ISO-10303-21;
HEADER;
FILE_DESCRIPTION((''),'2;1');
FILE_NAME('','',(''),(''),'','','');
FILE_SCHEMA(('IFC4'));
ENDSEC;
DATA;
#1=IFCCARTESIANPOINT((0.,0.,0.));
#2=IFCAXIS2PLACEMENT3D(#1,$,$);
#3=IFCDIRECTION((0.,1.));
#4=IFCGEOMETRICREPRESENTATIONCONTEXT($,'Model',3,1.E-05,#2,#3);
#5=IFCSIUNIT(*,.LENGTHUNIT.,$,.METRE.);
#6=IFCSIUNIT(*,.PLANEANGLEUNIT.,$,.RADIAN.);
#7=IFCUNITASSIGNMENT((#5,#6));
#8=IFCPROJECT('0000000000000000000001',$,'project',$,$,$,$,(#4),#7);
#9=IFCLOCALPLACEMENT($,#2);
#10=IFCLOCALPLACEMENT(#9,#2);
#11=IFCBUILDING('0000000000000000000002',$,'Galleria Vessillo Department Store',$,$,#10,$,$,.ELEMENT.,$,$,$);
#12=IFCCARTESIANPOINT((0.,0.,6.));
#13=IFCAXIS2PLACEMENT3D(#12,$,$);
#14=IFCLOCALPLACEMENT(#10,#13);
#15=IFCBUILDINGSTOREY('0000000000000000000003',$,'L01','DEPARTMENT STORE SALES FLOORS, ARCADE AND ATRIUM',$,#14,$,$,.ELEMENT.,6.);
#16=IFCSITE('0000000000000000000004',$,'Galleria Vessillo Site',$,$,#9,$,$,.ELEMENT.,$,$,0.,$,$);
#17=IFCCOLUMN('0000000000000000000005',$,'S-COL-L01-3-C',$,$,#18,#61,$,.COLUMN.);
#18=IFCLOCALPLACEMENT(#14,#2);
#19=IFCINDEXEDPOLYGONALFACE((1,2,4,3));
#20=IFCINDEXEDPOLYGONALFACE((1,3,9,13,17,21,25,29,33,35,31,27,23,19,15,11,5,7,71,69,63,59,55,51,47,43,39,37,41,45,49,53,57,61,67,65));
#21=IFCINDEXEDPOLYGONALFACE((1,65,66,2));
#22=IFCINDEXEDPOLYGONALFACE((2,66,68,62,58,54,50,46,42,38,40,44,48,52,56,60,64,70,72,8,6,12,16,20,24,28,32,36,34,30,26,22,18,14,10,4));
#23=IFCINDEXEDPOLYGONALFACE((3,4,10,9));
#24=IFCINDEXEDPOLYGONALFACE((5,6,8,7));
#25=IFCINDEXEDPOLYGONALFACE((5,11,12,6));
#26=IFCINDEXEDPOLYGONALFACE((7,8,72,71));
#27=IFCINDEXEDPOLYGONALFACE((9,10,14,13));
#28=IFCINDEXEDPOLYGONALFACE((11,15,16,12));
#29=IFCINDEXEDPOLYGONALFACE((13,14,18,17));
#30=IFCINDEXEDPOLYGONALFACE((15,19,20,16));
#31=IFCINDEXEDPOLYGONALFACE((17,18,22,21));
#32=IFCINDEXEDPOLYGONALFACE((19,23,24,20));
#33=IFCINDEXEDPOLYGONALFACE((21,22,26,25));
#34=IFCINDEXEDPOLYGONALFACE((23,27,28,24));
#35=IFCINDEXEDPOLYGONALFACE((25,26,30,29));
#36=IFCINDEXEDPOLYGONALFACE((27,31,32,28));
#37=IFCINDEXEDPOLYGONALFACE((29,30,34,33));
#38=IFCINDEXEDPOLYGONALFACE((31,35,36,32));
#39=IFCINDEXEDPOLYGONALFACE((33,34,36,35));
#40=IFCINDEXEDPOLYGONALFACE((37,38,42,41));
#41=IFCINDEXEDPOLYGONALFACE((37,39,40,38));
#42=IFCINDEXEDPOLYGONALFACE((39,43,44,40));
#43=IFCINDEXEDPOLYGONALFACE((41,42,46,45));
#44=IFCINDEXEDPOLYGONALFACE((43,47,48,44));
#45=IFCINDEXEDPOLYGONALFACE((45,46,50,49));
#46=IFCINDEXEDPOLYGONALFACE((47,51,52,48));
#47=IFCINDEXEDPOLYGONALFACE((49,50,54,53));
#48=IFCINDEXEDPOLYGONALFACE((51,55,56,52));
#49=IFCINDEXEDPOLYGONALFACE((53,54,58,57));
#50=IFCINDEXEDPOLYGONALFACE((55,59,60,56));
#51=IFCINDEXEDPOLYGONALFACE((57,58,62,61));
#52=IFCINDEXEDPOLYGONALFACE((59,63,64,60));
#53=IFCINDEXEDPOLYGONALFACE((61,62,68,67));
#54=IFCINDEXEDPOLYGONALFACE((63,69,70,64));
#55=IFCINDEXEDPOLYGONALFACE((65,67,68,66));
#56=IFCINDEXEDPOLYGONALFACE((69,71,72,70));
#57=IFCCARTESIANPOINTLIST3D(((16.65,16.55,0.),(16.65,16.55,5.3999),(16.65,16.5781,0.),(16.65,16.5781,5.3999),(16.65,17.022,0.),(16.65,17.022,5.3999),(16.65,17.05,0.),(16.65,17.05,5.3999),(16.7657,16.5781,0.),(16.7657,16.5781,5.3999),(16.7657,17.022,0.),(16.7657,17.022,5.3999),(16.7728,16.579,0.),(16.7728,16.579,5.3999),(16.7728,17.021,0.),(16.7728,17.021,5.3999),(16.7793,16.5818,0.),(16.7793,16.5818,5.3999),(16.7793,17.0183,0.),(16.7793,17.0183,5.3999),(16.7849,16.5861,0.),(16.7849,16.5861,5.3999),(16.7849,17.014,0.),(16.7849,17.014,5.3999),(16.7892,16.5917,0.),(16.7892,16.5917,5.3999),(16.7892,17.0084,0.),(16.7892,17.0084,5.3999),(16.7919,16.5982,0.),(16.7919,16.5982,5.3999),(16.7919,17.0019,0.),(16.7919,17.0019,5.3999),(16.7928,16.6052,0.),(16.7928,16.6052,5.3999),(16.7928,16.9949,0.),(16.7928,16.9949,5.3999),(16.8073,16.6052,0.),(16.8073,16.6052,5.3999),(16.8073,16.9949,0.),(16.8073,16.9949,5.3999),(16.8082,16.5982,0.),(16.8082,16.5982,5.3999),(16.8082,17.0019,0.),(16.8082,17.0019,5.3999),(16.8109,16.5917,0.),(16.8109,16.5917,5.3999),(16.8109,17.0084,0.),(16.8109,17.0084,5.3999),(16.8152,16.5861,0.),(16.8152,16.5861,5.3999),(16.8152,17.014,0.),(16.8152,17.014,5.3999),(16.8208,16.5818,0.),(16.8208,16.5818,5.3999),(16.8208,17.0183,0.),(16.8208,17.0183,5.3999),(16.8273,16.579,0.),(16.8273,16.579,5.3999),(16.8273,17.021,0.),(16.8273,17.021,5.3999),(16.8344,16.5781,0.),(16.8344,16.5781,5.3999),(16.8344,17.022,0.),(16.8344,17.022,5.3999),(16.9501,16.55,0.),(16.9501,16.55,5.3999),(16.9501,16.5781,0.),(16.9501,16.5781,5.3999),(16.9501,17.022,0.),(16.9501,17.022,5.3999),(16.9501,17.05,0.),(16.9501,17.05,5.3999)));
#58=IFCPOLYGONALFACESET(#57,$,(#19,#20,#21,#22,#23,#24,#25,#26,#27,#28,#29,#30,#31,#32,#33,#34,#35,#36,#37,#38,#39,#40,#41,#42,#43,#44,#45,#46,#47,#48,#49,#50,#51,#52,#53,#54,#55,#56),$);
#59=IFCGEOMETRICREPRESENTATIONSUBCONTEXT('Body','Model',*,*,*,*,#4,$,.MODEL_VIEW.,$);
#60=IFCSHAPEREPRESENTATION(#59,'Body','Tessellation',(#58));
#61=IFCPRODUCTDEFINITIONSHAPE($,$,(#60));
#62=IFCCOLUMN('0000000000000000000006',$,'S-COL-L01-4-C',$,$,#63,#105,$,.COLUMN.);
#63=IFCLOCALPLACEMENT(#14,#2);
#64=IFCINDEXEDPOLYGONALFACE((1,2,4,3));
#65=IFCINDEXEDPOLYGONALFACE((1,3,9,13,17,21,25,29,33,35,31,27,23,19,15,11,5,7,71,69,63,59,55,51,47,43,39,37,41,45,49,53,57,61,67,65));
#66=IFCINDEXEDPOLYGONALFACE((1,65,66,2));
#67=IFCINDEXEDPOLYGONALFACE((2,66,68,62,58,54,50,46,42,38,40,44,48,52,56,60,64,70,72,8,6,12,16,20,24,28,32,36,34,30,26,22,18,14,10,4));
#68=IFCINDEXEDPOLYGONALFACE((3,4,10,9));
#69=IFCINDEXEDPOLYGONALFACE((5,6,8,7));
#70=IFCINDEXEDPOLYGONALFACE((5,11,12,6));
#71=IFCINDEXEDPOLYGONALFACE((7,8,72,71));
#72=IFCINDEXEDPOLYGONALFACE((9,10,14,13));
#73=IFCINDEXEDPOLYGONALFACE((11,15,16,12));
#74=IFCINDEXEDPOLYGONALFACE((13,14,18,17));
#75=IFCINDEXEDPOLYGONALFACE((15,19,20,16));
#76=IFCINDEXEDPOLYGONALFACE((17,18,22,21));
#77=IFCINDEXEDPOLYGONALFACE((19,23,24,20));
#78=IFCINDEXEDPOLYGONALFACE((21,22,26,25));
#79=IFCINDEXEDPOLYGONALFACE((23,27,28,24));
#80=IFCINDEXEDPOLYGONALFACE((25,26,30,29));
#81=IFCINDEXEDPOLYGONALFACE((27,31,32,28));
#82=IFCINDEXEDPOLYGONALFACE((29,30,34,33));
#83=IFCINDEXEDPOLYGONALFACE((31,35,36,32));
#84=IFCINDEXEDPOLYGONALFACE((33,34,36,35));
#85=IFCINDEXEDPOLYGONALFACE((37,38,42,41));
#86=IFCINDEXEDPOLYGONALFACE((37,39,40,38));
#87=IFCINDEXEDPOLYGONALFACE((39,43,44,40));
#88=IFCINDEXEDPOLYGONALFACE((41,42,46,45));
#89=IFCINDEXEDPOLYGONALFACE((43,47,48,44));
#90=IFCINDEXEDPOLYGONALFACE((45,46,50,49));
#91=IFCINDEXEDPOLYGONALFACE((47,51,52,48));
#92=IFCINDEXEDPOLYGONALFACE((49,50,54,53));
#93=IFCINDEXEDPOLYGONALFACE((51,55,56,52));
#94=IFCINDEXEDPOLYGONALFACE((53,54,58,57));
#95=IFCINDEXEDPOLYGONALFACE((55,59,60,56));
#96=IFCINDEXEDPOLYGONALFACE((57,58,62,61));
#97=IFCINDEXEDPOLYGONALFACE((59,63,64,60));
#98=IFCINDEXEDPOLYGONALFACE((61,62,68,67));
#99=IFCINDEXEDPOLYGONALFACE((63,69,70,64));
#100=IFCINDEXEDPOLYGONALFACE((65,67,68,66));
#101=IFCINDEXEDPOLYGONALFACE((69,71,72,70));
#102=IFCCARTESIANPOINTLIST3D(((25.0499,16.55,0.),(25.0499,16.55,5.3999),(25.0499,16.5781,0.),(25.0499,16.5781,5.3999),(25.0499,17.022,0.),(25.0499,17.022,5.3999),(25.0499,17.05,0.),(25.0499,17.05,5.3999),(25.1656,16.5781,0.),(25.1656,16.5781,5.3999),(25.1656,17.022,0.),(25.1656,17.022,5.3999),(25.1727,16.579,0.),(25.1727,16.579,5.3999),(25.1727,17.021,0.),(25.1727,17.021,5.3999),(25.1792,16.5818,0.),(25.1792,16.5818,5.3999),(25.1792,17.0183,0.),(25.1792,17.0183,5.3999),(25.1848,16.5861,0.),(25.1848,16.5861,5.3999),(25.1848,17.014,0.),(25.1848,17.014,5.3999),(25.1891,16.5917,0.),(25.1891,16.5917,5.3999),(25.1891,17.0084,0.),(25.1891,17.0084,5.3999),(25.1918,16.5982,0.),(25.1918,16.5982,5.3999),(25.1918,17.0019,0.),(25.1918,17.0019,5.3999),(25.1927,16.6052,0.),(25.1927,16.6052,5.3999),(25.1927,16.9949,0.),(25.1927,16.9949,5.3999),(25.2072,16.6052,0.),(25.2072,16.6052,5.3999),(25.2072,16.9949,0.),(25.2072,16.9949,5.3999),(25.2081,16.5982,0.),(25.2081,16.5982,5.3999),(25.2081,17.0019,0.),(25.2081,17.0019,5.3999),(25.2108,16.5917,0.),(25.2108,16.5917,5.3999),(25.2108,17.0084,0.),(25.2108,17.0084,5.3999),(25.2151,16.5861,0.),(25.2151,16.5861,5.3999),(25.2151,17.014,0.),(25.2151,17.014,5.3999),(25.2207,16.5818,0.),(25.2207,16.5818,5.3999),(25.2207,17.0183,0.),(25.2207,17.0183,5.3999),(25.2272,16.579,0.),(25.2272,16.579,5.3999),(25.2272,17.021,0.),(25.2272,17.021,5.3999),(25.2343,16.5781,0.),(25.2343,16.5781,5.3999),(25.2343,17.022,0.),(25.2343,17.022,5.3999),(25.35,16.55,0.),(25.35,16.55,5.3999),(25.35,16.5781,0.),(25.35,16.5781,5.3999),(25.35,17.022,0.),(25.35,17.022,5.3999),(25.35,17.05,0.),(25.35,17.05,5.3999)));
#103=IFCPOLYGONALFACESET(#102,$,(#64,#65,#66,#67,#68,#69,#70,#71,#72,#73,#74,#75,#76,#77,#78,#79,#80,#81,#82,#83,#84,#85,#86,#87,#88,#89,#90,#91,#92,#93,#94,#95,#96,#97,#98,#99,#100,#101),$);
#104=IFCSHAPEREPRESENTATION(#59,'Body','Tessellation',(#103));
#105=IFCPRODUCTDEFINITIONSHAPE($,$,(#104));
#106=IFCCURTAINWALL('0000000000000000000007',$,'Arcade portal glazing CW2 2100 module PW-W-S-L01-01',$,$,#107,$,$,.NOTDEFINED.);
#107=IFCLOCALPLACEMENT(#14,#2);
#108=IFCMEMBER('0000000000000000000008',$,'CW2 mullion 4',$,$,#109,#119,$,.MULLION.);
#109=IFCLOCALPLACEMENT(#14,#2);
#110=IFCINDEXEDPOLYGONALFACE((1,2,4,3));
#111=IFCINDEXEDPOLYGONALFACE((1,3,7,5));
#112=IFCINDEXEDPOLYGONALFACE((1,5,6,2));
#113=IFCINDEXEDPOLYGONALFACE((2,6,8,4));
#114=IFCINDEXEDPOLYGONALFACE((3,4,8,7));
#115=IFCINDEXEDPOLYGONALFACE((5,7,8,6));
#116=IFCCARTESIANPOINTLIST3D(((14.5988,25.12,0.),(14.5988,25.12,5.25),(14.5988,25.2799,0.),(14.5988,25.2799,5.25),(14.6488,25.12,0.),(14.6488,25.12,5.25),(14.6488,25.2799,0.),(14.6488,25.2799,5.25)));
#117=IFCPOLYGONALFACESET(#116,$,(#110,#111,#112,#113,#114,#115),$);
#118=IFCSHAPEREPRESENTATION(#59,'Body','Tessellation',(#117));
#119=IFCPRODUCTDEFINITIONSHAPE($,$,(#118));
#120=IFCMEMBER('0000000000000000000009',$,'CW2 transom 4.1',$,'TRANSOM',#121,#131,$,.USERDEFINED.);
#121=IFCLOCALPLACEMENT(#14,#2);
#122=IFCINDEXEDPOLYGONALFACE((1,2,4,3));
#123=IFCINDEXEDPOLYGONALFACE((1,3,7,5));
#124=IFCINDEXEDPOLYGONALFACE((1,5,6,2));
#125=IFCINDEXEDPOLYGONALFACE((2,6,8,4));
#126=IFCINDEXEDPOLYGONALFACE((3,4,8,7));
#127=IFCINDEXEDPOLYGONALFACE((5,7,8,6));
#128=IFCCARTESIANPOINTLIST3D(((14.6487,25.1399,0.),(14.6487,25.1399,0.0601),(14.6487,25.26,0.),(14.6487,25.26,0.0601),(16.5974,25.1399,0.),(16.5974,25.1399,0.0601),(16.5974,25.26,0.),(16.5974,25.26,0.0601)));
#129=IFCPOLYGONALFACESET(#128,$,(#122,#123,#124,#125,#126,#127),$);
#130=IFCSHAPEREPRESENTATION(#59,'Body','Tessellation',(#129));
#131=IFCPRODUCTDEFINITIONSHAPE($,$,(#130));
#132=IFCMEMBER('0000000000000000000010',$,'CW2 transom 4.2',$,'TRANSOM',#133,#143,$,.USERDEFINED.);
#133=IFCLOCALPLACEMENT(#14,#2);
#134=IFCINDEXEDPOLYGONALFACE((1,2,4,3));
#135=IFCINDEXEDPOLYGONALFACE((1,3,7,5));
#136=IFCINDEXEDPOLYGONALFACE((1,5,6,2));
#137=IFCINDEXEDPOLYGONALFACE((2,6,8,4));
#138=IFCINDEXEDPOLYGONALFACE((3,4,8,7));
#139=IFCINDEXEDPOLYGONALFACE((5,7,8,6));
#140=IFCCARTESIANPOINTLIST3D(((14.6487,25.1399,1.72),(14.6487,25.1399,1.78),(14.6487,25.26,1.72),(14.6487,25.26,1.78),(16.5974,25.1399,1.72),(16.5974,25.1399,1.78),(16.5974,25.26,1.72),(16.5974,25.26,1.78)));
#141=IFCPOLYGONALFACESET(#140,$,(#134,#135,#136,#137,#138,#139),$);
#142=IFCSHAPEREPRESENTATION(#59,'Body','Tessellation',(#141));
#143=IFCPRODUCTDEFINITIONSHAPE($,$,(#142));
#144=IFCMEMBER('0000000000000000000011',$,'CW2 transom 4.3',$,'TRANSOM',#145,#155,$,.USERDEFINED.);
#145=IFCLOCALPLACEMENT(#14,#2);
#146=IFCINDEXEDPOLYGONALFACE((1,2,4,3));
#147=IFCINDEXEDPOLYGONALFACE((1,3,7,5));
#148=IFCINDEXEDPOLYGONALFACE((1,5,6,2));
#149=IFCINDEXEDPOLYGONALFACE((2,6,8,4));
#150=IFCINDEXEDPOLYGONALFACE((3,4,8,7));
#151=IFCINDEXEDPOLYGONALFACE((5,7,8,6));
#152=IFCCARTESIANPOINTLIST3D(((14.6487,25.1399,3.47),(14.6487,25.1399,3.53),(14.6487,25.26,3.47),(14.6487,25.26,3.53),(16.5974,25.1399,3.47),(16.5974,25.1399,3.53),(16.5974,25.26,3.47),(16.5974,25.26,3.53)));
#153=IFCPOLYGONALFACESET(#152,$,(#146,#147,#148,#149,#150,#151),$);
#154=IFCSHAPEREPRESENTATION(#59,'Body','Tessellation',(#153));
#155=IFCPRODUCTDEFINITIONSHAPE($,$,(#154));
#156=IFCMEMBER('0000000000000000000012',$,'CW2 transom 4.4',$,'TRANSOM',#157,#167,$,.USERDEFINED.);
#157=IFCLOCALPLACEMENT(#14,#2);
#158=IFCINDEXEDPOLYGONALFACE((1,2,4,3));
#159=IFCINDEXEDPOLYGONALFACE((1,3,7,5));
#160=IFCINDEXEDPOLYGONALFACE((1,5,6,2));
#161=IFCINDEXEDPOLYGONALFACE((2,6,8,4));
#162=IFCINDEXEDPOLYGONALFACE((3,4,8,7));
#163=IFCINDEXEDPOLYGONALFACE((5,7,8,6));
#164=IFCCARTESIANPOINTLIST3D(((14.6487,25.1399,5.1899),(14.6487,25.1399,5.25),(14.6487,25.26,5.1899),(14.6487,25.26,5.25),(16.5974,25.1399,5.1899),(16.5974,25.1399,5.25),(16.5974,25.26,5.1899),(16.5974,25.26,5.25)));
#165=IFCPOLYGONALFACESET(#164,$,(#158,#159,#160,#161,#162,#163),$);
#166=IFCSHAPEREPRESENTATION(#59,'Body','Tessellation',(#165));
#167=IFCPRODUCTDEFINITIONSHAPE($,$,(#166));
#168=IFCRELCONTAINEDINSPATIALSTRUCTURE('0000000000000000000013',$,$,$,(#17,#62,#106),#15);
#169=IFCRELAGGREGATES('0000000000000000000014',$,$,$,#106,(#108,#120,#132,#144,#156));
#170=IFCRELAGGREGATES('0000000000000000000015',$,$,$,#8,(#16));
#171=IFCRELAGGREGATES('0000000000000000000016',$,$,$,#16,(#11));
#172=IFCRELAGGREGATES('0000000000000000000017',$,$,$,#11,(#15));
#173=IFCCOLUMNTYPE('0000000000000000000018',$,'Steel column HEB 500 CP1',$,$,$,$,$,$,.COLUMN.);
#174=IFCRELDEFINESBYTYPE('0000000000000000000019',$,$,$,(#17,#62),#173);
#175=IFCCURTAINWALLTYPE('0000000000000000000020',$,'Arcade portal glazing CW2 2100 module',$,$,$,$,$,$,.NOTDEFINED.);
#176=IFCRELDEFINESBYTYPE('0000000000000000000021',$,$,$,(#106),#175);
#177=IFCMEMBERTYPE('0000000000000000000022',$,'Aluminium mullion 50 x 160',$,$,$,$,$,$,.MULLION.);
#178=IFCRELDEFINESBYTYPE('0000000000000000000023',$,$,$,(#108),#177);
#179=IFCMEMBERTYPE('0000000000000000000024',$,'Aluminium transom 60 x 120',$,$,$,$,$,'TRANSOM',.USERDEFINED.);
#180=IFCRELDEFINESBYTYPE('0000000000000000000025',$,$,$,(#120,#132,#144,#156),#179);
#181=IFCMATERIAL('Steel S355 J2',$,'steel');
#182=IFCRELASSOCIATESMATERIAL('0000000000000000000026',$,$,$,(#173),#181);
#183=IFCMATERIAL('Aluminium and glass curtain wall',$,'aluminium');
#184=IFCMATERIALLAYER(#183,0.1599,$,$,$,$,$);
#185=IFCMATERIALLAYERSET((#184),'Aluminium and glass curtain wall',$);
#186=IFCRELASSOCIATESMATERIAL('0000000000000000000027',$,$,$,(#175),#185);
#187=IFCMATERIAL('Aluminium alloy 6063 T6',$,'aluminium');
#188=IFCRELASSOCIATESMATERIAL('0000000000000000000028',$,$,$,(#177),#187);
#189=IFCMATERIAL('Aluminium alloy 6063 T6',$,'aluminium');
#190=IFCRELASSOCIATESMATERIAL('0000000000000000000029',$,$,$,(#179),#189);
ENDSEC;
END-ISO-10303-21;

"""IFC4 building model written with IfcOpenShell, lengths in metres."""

from ifc_helpers import new_model, si_unit, direction, frame, origin, origin_2d, place, context, subcontext, project, spatial, rectangle, i_section, extrude, material, layer, layer_set, material_profile, profile_set, type_object, element, aggregate, save


model = new_model("IFC4")

# Units and contexts
model_context = context("Model", 3, precision=1e-05, world=origin(), true_north=direction((0.0, 1.0)))
body_context = subcontext(model_context, "Body", "Model", "MODEL_VIEW")
ifc_project = project(units=[si_unit("LENGTHUNIT", "METRE"), si_unit("PLANEANGLEUNIT", "RADIAN")], contexts=[model_context])

# Site, building, storey
site_placement = place(None, origin())
site = spatial("IfcSite", under=ifc_project, at=site_placement, Name="Galleria Vessillo Site", CompositionType="ELEMENT", RefElevation=0.0)
building_placement = place(site_placement, origin())
building = spatial("IfcBuilding", under=site, at=building_placement, Name="Galleria Vessillo Department Store", CompositionType="ELEMENT")
storey_placement = place(building_placement, frame((0.0, 0.0, 6.0)))
storey = spatial("IfcBuildingStorey", under=building, at=storey_placement, Name="L01", Description="DEPARTMENT STORE SALES FLOORS, ARCADE AND ATRIUM", CompositionType="ELEMENT", Elevation=6.0)

# Columns
ifc_material_1 = material(Name="Steel S355 J2", Category="steel")
ifc_material_profile_1 = material_profile(ifc_material_1, i_section(OverallWidth=0.3, OverallDepth=0.5, WebThickness=0.0144, FlangeThickness=0.0281, FilletRadius=0.0271, at=origin_2d()), Name="HEB 500")
ifc_profile_set_1 = profile_set([ifc_material_profile_1], Name="Steel S355 J2")
column_type = type_object("IfcColumnType", Name="Steel column HEB 500 CP1", PredefinedType="COLUMN", material=ifc_profile_set_1)
for number, where, z_axis, x_axis, name in (
    (1, (16.8, 16.8, 0.0), (0.0, 0.0, 1.0), (1.0, 0.0, 0.0), "S-COL-L01-3-C"),
    (2, (25.2, 16.8, 0.0), (0.0, 0.0, 1.0), (1.0, 0.0, 0.0), "S-COL-L01-4-C"),
):
    element("IfcColumn", number, at=place(storey_placement, frame(where, z_axis=z_axis, x_axis=x_axis)), inside=storey, type_object=column_type, Name=name, PredefinedType="COLUMN", context=body_context, shape_type="SweptSolid", body=[
        extrude(i_section(OverallWidth=0.3, OverallDepth=0.5, WebThickness=0.0144, FlangeThickness=0.0281, FilletRadius=0.0271, at=origin_2d()), origin(), (0.0, 0.0, 1.0), 5.3999),
    ])

# Curtain wall, members
ifc_material_2 = material(Name="Aluminium and glass curtain wall", Category="aluminium")
ifc_layer_1 = layer(ifc_material_2, 0.1599)
ifc_layer_set_1 = layer_set([ifc_layer_1], Name="Aluminium and glass curtain wall")
curtain_wall_type = type_object("IfcCurtainWallType", Name="Arcade portal glazing CW2 2100 module", PredefinedType="NOTDEFINED", material=ifc_layer_set_1)
curtain_wall_placement = place(storey_placement, origin())
curtain_wall = element("IfcCurtainWall", 3, at=curtain_wall_placement, inside=storey, type_object=curtain_wall_type, Name="Arcade portal glazing CW2 2100 module PW-W-S-L01-01", PredefinedType="NOTDEFINED")
ifc_material_3 = material(Name="Aluminium alloy 6063 T6", Category="aluminium")
ifc_material_profile_2 = material_profile(ifc_material_3, rectangle(XDim=0.1599, YDim=0.05, at=origin_2d()), Name="AL 50x160")
ifc_profile_set_2 = profile_set([ifc_material_profile_2], Name="Aluminium alloy 6063 T6")
member_type_1 = type_object("IfcMemberType", Name="Aluminium mullion 50 x 160", PredefinedType="MULLION", material=ifc_profile_set_2)
member_1_placement = place(storey_placement, frame((14.6238, 25.2, 0.0), z_axis=(0.0, 0.0, 1.0), x_axis=(0.0, 1.0, 0.0)))
member_1 = element("IfcMember", 4, at=member_1_placement, type_object=member_type_1, Name="CW2 mullion 4", PredefinedType="MULLION", context=body_context, shape_type="SweptSolid", body=[
    extrude(rectangle(XDim=0.1599, YDim=0.05, at=origin_2d()), origin(), (0.0, 0.0, 1.0), 5.25),
])
ifc_material_4 = material(Name="Aluminium alloy 6063 T6", Category="aluminium")
ifc_material_profile_3 = material_profile(ifc_material_4, rectangle(XDim=0.1201, YDim=0.0601, at=origin_2d()), Name="AL 60x120")
ifc_profile_set_3 = profile_set([ifc_material_profile_3], Name="Aluminium alloy 6063 T6")
member_type_2 = type_object("IfcMemberType", Name="Aluminium transom 60 x 120", ElementType="TRANSOM", PredefinedType="USERDEFINED", material=ifc_profile_set_3)
member_2_placement = place(storey_placement, frame((14.6487, 25.2, 0.03), z_axis=(1.0, 0.0, 0.0), x_axis=(0.0, 1.0, 0.0)))
member_2 = element("IfcMember", 5, at=member_2_placement, type_object=member_type_2, Name="CW2 transom 4.1", ObjectType="TRANSOM", PredefinedType="USERDEFINED", context=body_context, shape_type="SweptSolid", body=[
    extrude(rectangle(XDim=0.1201, YDim=0.0601, at=origin_2d()), origin(), (0.0, 0.0, 1.0), 1.9487),
])
member_3_placement = place(storey_placement, frame((14.6487, 25.2, 1.75), z_axis=(1.0, 0.0, 0.0), x_axis=(0.0, 1.0, 0.0)))
member_3 = element("IfcMember", 6, at=member_3_placement, type_object=member_type_2, Name="CW2 transom 4.2", ObjectType="TRANSOM", PredefinedType="USERDEFINED", context=body_context, shape_type="SweptSolid", body=[
    extrude(rectangle(XDim=0.1201, YDim=0.0601, at=origin_2d()), origin(), (0.0, 0.0, 1.0), 1.9487),
])
member_4_placement = place(storey_placement, frame((14.6487, 25.2, 3.5), z_axis=(1.0, 0.0, 0.0), x_axis=(0.0, 1.0, 0.0)))
member_4 = element("IfcMember", 7, at=member_4_placement, type_object=member_type_2, Name="CW2 transom 4.3", ObjectType="TRANSOM", PredefinedType="USERDEFINED", context=body_context, shape_type="SweptSolid", body=[
    extrude(rectangle(XDim=0.1201, YDim=0.0601, at=origin_2d()), origin(), (0.0, 0.0, 1.0), 1.9487),
])
member_5_placement = place(storey_placement, frame((14.6487, 25.2, 5.22), z_axis=(1.0, 0.0, 0.0), x_axis=(0.0, 1.0, 0.0)))
member_5 = element("IfcMember", 8, at=member_5_placement, type_object=member_type_2, Name="CW2 transom 4.4", ObjectType="TRANSOM", PredefinedType="USERDEFINED", context=body_context, shape_type="SweptSolid", body=[
    extrude(rectangle(XDim=0.1201, YDim=0.0601, at=origin_2d()), origin(), (0.0, 0.0, 1.0), 1.9487),
])

aggregate(curtain_wall, [member_1, member_2, member_3, member_4, member_5])

save(model, "model.ifc")
